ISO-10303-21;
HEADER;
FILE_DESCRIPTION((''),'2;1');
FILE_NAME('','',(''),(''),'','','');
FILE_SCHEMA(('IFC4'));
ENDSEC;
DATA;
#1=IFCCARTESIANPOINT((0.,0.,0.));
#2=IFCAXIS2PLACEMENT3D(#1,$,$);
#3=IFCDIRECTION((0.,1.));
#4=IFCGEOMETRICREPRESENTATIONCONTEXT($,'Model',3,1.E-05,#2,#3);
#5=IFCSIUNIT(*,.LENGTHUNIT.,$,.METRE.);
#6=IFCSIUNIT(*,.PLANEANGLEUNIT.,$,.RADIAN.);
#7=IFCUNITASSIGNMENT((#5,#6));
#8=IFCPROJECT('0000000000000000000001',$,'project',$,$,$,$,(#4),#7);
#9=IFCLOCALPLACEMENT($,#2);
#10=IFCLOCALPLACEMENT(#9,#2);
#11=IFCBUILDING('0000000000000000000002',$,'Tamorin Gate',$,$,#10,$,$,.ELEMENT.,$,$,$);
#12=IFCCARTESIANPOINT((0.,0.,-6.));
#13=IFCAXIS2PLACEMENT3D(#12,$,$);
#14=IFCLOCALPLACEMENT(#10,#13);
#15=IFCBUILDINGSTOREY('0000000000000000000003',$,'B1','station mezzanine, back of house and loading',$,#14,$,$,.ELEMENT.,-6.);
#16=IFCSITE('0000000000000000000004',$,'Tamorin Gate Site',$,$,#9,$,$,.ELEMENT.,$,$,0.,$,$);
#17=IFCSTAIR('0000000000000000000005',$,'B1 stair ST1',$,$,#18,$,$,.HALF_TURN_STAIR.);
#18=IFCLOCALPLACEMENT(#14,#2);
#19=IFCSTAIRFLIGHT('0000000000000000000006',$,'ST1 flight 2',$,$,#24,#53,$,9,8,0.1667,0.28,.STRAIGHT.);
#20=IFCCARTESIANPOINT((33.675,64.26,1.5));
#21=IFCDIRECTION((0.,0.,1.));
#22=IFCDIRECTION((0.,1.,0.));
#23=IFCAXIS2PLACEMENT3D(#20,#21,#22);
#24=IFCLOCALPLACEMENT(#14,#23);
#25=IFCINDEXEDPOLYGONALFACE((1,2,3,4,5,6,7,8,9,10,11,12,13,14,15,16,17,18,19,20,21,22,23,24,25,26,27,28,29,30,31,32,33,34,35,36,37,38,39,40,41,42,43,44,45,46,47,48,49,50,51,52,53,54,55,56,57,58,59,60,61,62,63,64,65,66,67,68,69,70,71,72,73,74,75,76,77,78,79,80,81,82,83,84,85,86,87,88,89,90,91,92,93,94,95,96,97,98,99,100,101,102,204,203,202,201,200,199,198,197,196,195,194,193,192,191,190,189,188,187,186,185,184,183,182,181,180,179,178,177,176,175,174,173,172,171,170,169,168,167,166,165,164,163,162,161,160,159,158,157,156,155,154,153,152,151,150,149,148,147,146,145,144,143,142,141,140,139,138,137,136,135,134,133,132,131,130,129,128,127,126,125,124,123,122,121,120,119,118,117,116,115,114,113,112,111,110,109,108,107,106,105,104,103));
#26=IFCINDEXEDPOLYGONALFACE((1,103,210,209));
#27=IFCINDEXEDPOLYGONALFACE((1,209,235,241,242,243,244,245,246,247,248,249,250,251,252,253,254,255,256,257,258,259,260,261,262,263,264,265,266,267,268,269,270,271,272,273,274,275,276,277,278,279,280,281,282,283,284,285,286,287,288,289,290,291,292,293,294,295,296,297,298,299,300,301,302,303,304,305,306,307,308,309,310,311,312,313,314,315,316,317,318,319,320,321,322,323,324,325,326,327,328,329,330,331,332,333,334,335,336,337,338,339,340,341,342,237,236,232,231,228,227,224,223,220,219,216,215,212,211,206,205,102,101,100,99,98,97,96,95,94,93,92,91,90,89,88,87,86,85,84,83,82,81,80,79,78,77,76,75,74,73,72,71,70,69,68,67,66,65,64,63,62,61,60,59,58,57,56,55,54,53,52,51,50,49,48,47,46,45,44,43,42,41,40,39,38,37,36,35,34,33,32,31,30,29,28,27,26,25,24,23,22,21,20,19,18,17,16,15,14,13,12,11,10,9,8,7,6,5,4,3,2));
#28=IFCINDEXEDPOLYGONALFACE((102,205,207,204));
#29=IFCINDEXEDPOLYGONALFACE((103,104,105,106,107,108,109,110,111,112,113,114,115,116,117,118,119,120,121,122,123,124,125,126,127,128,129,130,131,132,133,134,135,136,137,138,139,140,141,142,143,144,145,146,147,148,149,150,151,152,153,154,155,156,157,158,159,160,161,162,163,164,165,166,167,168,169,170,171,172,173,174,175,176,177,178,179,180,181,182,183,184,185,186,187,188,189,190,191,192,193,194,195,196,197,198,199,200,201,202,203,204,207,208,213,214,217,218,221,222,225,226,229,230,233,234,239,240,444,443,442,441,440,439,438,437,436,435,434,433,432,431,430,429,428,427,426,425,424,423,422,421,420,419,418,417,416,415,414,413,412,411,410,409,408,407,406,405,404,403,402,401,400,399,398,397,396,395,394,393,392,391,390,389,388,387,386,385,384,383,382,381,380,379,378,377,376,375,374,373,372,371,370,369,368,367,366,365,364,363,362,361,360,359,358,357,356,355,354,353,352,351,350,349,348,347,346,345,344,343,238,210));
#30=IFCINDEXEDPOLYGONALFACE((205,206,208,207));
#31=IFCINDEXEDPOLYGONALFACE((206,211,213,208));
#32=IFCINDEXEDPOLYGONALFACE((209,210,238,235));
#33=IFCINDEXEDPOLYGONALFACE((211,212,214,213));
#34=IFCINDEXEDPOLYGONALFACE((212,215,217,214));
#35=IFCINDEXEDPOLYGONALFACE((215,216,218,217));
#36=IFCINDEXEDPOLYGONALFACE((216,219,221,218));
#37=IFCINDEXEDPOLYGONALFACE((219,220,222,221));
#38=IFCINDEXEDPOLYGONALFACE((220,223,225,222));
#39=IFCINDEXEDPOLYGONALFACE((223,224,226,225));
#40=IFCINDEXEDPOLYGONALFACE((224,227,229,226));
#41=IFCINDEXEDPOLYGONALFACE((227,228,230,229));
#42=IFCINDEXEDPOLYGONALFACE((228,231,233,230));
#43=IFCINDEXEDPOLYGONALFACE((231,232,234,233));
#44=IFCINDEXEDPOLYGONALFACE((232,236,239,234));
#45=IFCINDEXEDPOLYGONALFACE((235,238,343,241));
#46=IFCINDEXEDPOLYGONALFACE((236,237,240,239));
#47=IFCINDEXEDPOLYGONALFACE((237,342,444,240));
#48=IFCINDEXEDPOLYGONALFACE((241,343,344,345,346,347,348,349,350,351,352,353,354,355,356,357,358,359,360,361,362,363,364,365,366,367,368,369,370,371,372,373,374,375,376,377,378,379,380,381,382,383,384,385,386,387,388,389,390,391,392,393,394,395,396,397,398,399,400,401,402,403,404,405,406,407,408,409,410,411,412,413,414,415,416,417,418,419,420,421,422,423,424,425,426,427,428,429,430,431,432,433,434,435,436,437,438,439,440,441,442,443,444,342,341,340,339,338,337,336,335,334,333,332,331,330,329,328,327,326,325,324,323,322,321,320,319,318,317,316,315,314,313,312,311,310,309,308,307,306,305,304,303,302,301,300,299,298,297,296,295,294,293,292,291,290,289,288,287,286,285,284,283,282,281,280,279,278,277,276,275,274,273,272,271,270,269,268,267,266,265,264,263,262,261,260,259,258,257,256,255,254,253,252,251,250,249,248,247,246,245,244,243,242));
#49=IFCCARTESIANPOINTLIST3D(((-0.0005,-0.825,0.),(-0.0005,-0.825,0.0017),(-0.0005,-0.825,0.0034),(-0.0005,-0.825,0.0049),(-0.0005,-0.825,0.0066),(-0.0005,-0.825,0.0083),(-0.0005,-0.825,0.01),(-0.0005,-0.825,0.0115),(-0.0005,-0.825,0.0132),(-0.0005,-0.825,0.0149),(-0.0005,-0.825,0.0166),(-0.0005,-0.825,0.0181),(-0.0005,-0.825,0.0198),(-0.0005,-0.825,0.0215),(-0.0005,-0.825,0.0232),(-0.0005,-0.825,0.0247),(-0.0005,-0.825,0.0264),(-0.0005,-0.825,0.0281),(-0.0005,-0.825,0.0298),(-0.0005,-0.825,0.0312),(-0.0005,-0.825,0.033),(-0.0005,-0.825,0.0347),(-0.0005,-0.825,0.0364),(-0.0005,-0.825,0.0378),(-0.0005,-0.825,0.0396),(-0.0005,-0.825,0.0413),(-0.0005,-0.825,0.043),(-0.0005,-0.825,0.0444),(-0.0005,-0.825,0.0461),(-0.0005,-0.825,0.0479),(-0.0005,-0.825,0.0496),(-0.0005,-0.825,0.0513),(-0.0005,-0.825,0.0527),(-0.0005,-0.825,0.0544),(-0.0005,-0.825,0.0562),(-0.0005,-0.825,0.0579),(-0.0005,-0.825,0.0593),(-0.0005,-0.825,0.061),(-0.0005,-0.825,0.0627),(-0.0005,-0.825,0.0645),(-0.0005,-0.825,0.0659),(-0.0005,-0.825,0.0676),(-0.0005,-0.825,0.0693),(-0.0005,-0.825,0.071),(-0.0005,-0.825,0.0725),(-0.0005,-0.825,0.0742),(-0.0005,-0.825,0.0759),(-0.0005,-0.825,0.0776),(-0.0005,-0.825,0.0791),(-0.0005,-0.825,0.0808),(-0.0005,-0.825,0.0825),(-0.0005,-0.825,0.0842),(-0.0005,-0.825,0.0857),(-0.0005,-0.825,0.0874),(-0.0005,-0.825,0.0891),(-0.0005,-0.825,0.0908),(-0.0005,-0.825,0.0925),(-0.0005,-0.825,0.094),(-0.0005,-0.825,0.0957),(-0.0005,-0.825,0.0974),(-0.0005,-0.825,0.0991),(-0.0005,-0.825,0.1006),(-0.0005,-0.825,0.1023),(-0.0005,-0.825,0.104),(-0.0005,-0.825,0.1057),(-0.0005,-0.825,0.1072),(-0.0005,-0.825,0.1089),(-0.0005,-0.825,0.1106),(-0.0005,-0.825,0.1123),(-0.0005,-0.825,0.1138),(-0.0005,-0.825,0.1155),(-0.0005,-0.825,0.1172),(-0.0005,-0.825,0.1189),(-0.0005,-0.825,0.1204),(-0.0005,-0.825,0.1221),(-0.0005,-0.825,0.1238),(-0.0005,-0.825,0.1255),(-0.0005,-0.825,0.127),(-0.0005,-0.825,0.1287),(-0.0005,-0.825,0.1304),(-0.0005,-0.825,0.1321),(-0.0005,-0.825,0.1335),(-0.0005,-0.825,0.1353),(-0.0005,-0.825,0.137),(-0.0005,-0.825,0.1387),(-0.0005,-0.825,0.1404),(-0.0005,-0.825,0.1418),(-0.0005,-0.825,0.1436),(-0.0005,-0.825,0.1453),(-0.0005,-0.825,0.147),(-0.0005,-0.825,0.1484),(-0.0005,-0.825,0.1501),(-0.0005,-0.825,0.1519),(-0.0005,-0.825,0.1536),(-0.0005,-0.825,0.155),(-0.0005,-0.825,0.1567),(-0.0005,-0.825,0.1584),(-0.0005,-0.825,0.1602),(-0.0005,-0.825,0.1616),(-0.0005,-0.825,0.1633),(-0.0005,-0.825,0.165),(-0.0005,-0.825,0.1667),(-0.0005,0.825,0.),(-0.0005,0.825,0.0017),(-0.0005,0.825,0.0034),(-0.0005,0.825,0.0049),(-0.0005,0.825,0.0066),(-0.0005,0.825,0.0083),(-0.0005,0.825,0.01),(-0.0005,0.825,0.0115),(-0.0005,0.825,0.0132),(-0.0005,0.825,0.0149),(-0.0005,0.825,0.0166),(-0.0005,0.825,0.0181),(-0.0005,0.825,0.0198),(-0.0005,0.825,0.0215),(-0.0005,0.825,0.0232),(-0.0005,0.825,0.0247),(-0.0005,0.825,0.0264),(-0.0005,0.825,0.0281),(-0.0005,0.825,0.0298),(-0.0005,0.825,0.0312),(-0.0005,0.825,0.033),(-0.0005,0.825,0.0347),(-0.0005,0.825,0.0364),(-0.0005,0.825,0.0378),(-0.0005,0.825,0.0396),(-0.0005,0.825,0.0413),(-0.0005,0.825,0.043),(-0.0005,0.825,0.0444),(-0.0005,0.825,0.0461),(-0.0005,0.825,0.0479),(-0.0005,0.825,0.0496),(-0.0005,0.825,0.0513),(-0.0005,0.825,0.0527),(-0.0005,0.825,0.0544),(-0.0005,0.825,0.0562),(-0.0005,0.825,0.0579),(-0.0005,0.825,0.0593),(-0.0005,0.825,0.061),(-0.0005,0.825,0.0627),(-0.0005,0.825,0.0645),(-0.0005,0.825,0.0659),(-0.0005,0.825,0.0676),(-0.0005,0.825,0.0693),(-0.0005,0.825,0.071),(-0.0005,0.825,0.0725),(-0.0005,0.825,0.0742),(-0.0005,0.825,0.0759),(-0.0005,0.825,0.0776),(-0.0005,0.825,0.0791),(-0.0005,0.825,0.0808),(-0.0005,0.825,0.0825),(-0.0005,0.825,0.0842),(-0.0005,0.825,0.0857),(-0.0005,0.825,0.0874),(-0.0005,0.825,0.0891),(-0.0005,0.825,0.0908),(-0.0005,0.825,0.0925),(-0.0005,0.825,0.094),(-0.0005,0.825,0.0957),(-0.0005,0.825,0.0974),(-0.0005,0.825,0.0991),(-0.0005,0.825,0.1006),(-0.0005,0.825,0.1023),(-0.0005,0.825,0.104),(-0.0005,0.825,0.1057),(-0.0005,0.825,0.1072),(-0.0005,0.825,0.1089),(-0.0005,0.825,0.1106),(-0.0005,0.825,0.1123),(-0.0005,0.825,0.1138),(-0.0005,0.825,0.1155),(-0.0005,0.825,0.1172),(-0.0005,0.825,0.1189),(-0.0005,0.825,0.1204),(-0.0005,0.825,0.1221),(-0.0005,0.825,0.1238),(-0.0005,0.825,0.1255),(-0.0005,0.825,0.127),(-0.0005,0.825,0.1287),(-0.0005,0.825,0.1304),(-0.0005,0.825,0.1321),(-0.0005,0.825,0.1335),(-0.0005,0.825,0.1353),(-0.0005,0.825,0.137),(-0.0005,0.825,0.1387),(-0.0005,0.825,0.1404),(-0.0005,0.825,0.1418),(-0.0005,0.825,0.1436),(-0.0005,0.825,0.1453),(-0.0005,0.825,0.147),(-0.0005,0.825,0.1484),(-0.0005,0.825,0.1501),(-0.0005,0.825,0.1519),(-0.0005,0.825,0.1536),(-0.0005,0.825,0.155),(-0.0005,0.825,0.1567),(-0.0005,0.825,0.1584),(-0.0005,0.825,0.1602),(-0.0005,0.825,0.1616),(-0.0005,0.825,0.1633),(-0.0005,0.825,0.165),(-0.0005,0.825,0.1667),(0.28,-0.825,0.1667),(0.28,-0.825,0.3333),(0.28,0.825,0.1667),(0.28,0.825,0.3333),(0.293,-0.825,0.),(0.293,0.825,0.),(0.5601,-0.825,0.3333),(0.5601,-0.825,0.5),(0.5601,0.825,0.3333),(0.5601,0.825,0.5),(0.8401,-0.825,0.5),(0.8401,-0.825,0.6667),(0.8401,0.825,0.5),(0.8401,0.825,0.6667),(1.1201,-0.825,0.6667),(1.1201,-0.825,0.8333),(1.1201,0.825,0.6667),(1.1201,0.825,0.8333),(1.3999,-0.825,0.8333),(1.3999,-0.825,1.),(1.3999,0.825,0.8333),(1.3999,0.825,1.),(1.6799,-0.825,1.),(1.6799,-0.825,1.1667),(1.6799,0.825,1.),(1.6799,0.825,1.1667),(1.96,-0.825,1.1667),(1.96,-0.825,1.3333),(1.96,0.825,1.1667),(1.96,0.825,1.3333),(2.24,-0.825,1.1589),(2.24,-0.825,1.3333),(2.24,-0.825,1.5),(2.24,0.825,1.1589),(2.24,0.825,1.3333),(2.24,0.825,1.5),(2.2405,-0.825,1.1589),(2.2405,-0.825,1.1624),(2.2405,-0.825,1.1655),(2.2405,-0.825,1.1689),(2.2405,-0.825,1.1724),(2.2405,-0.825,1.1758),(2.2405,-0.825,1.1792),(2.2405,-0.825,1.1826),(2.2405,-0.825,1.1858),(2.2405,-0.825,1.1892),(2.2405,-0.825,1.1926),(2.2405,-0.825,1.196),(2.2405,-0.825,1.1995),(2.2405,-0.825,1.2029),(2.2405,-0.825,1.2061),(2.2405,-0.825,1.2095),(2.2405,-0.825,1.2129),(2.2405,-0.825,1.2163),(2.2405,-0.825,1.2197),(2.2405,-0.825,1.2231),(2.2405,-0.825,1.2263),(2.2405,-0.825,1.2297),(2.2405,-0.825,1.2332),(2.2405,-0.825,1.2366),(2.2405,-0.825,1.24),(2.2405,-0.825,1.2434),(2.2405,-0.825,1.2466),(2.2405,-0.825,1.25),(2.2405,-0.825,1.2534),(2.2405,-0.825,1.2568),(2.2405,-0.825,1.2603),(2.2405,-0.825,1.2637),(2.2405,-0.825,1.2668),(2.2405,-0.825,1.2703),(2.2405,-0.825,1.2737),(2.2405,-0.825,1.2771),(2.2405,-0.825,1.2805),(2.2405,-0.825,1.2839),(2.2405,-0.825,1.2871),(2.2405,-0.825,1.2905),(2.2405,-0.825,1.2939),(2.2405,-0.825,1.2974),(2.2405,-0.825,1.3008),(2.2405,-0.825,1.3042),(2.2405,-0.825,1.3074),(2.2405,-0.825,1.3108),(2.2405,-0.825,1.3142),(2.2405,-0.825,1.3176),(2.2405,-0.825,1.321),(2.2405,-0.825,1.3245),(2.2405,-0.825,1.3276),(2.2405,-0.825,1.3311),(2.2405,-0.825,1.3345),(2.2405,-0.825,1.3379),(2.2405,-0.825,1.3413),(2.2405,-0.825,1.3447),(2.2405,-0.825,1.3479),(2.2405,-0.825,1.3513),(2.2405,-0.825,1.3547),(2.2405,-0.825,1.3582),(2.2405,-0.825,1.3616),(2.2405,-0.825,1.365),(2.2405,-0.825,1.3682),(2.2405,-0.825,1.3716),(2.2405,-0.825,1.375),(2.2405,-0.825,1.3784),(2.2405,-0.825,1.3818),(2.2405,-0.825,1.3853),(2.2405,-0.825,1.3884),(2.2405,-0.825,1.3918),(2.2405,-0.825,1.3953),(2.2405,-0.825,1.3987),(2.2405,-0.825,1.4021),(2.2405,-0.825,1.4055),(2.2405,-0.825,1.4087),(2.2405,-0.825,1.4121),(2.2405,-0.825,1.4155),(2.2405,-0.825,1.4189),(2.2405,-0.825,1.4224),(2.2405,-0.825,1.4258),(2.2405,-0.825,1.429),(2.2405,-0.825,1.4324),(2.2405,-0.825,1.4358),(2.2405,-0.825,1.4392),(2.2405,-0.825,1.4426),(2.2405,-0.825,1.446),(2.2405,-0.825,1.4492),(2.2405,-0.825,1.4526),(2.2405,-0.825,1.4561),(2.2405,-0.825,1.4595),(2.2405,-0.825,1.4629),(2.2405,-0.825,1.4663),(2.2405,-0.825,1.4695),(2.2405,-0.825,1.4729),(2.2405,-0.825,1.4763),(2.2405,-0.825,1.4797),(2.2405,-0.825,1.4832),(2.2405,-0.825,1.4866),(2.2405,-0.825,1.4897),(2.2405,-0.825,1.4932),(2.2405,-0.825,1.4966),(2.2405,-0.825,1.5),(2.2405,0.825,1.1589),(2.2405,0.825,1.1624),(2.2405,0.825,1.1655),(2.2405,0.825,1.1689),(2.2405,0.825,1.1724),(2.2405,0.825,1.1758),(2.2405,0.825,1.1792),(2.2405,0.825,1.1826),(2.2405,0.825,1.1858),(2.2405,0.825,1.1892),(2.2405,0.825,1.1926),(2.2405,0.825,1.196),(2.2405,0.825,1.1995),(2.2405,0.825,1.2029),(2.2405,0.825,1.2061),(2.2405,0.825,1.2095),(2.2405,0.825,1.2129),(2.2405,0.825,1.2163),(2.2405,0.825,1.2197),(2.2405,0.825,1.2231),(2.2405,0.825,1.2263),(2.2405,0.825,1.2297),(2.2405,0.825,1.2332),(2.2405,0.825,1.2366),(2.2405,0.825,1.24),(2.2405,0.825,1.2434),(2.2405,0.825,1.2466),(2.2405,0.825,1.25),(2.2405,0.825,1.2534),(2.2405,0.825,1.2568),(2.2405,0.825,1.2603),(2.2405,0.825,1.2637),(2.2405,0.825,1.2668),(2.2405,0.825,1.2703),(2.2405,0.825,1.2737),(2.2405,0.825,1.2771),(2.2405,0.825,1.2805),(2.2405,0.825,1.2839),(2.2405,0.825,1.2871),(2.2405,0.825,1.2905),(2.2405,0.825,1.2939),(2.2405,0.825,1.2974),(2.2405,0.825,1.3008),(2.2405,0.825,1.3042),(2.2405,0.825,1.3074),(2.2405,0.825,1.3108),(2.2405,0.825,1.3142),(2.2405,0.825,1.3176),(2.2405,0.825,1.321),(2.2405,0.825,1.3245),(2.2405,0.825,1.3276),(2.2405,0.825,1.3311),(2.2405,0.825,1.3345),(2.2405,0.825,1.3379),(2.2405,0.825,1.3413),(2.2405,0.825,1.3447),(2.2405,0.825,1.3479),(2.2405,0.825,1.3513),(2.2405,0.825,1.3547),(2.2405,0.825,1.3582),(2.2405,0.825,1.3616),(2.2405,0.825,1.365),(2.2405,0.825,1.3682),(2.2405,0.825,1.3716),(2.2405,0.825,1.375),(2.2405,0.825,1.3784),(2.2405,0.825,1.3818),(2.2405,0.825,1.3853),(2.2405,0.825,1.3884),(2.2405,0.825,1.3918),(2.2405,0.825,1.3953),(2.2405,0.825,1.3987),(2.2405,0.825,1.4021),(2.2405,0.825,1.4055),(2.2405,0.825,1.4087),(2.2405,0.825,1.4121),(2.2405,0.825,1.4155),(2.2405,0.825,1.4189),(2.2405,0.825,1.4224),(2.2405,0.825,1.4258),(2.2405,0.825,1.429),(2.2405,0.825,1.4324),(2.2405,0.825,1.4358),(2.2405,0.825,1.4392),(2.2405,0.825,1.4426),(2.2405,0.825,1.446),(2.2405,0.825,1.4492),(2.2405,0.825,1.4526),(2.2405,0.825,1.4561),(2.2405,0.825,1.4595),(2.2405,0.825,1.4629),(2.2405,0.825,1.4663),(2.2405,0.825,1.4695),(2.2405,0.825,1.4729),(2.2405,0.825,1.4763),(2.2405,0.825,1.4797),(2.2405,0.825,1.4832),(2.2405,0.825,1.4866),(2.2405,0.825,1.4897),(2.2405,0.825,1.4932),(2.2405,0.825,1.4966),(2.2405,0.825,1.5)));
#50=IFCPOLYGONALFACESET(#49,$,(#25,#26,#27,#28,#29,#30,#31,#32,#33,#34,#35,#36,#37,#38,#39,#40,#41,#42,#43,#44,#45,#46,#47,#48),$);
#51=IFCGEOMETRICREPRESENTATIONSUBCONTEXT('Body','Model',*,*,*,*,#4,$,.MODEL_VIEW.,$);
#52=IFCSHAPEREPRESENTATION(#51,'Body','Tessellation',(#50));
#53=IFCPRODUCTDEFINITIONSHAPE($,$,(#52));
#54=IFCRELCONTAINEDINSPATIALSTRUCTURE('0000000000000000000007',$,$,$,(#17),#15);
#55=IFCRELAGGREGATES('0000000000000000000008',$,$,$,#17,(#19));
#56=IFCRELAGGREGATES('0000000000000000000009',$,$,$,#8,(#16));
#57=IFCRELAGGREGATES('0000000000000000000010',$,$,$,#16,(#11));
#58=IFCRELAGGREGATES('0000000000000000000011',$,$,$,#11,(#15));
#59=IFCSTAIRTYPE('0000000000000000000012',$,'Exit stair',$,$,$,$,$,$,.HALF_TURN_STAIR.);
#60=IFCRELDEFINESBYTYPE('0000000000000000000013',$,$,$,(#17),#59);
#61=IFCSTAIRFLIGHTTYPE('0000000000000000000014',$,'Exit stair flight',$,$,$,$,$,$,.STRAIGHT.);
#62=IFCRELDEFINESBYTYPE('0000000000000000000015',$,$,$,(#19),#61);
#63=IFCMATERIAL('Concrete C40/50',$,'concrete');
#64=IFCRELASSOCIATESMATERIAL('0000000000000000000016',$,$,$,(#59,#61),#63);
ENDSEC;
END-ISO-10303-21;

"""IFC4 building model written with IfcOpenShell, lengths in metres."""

from ifc_helpers import new_model, si_unit, direction, frame, origin, place, context, subcontext, project, spatial, polyline, outline, extrude, material, type_object, element, aggregate, save


model = new_model("IFC4")

# Units and contexts
model_context = context("Model", 3, precision=1e-05, world=origin(), true_north=direction((0.0, 1.0)))
body_context = subcontext(model_context, "Body", "Model", "MODEL_VIEW")
ifc_project = project(units=[si_unit("LENGTHUNIT", "METRE"), si_unit("PLANEANGLEUNIT", "RADIAN")], contexts=[model_context])

# Site, building, storey
site_placement = place(None, origin())
site = spatial("IfcSite", under=ifc_project, at=site_placement, Name="Tamorin Gate Site", CompositionType="ELEMENT", RefElevation=0.0)
building_placement = place(site_placement, origin())
building = spatial("IfcBuilding", under=site, at=building_placement, Name="Tamorin Gate", CompositionType="ELEMENT")
storey_placement = place(building_placement, frame((0.0, 0.0, -6.0)))
storey = spatial("IfcBuildingStorey", under=building, at=storey_placement, Name="B1", Description="station mezzanine, back of house and loading", CompositionType="ELEMENT", Elevation=-6.0)

# Stair, stair flight
ifc_material_1 = material(Name="Concrete C40/50", Category="concrete")
stair_type = type_object("IfcStairType", Name="Exit stair", PredefinedType="HALF_TURN_STAIR", material=ifc_material_1)
stair_placement = place(storey_placement, origin())
stair = element("IfcStair", 1, at=stair_placement, inside=storey, type_object=stair_type, Name="B1 stair ST1", PredefinedType="HALF_TURN_STAIR")
stair_flight_type = type_object("IfcStairFlightType", Name="Exit stair flight", PredefinedType="STRAIGHT", material=ifc_material_1)
stair_flight_placement = place(storey_placement, frame((33.675, 64.26, 1.5), z_axis=(0.0, 0.0, 1.0), x_axis=(0.0, 1.0, 0.0)))
stair_flight = element("IfcStairFlight", 2, at=stair_flight_placement, type_object=stair_flight_type, Name="ST1 flight 2", NumberOfRisers=9, NumberOfTreads=8, PredefinedType="STRAIGHT", RiserHeight=0.1667, TreadLength=0.28, context=body_context, shape_type="SweptSolid", body=[
    extrude(outline(polyline([(-0.0005, 0.0), (-0.0005, 0.0017), (-0.0005, 0.0034), (-0.0005, 0.0049), (-0.0005, 0.0066), (-0.0005, 0.0083), (-0.0005, 0.01), (-0.0005, 0.0115), (-0.0005, 0.0132), (-0.0005, 0.0149), (-0.0005, 0.0166), (-0.0005, 0.0181), (-0.0005, 0.0198), (-0.0005, 0.0215), (-0.0005, 0.0232), (-0.0005, 0.0247), (-0.0005, 0.0264), (-0.0005, 0.0281), (-0.0005, 0.0298), (-0.0005, 0.0312), (-0.0005, 0.033), (-0.0005, 0.0347), (-0.0005, 0.0364), (-0.0005, 0.0378), (-0.0005, 0.0396), (-0.0005, 0.0413), (-0.0005, 0.043), (-0.0005, 0.0444), (-0.0005, 0.0461), (-0.0005, 0.0479), (-0.0005, 0.0496), (-0.0005, 0.0513), (-0.0005, 0.0527), (-0.0005, 0.0544), (-0.0005, 0.0562), (-0.0005, 0.0579), (-0.0005, 0.0593), (-0.0005, 0.061), (-0.0005, 0.0627), (-0.0005, 0.0645), (-0.0005, 0.0659), (-0.0005, 0.0676), (-0.0005, 0.0693), (-0.0005, 0.071), (-0.0005, 0.0725), (-0.0005, 0.0742), (-0.0005, 0.0759), (-0.0005, 0.0776), (-0.0005, 0.0791), (-0.0005, 0.0808), (-0.0005, 0.0825), (-0.0005, 0.0842), (-0.0005, 0.0857), (-0.0005, 0.0874), (-0.0005, 0.0891), (-0.0005, 0.0908), (-0.0005, 0.0925), (-0.0005, 0.094), (-0.0005, 0.0957), (-0.0005, 0.0974), (-0.0005, 0.0991), (-0.0005, 0.1006), (-0.0005, 0.1023), (-0.0005, 0.104), (-0.0005, 0.1057), (-0.0005, 0.1072), (-0.0005, 0.1089), (-0.0005, 0.1106), (-0.0005, 0.1123), (-0.0005, 0.1138), (-0.0005, 0.1155), (-0.0005, 0.1172), (-0.0005, 0.1189), (-0.0005, 0.1204), (-0.0005, 0.1221), (-0.0005, 0.1238), (-0.0005, 0.1255), (-0.0005, 0.127), (-0.0005, 0.1287), (-0.0005, 0.1304), (-0.0005, 0.1321), (-0.0005, 0.1335), (-0.0005, 0.1353), (-0.0005, 0.137), (-0.0005, 0.1387), (-0.0005, 0.1404), (-0.0005, 0.1418), (-0.0005, 0.1436), (-0.0005, 0.1453), (-0.0005, 0.147), (-0.0005, 0.1484), (-0.0005, 0.1501), (-0.0005, 0.1519), (-0.0005, 0.1536), (-0.0005, 0.155), (-0.0005, 0.1567), (-0.0005, 0.1584), (-0.0005, 0.1602), (-0.0005, 0.1616), (-0.0005, 0.1633), (-0.0005, 0.165), (-0.0005, 0.1667), (0.28, 0.1667), (0.28, 0.3333), (0.5601, 0.3333), (0.5601, 0.5), (0.8401, 0.5), (0.8401, 0.6667), (1.1201, 0.6667), (1.1201, 0.8333), (1.3999, 0.8333), (1.3999, 1.0), (1.6799, 1.0), (1.6799, 1.1667), (1.96, 1.1667), (1.96, 1.3333), (2.24, 1.3333), (2.24, 1.5), (2.2405, 1.5), (2.2405, 1.4966), (2.2405, 1.4932), (2.2405, 1.4897), (2.2405, 1.4866), (2.2405, 1.4832), (2.2405, 1.4797), (2.2405, 1.4763), (2.2405, 1.4729), (2.2405, 1.4695), (2.2405, 1.4663), (2.2405, 1.4629), (2.2405, 1.4595), (2.2405, 1.4561), (2.2405, 1.4526), (2.2405, 1.4492), (2.2405, 1.446), (2.2405, 1.4426), (2.2405, 1.4392), (2.2405, 1.4358), (2.2405, 1.4324), (2.2405, 1.429), (2.2405, 1.4258), (2.2405, 1.4224), (2.2405, 1.4189), (2.2405, 1.4155), (2.2405, 1.4121), (2.2405, 1.4087), (2.2405, 1.4055), (2.2405, 1.4021), (2.2405, 1.3987), (2.2405, 1.3953), (2.2405, 1.3918), (2.2405, 1.3884), (2.2405, 1.3853), (2.2405, 1.3818), (2.2405, 1.3784), (2.2405, 1.375), (2.2405, 1.3716), (2.2405, 1.3682), (2.2405, 1.365), (2.2405, 1.3616), (2.2405, 1.3582), (2.2405, 1.3547), (2.2405, 1.3513), (2.2405, 1.3479), (2.2405, 1.3447), (2.2405, 1.3413), (2.2405, 1.3379), (2.2405, 1.3345), (2.2405, 1.3311), (2.2405, 1.3276), (2.2405, 1.3245), (2.2405, 1.321), (2.2405, 1.3176), (2.2405, 1.3142), (2.2405, 1.3108), (2.2405, 1.3074), (2.2405, 1.3042), (2.2405, 1.3008), (2.2405, 1.2974), (2.2405, 1.2939), (2.2405, 1.2905), (2.2405, 1.2871), (2.2405, 1.2839), (2.2405, 1.2805), (2.2405, 1.2771), (2.2405, 1.2737), (2.2405, 1.2703), (2.2405, 1.2668), (2.2405, 1.2637), (2.2405, 1.2603), (2.2405, 1.2568), (2.2405, 1.2534), (2.2405, 1.25), (2.2405, 1.2466), (2.2405, 1.2434), (2.2405, 1.24), (2.2405, 1.2366), (2.2405, 1.2332), (2.2405, 1.2297), (2.2405, 1.2263), (2.2405, 1.2231), (2.2405, 1.2197), (2.2405, 1.2163), (2.2405, 1.2129), (2.2405, 1.2095), (2.2405, 1.2061), (2.2405, 1.2029), (2.2405, 1.1995), (2.2405, 1.196), (2.2405, 1.1926), (2.2405, 1.1892), (2.2405, 1.1858), (2.2405, 1.1826), (2.2405, 1.1792), (2.2405, 1.1758), (2.2405, 1.1724), (2.2405, 1.1689), (2.2405, 1.1655), (2.2405, 1.1624), (2.2405, 1.1589), (2.24, 1.1589), (0.293, 0.0), (-0.0005, 0.0)])), frame((0.0, 0.825, 0.0), z_axis=(0.0, -1.0, 0.0), x_axis=(1.0, 0.0, 0.0)), (0.0, 0.0, 1.0), 1.6499),
])
aggregate(stair, [stair_flight])

save(model, "model.ifc")
